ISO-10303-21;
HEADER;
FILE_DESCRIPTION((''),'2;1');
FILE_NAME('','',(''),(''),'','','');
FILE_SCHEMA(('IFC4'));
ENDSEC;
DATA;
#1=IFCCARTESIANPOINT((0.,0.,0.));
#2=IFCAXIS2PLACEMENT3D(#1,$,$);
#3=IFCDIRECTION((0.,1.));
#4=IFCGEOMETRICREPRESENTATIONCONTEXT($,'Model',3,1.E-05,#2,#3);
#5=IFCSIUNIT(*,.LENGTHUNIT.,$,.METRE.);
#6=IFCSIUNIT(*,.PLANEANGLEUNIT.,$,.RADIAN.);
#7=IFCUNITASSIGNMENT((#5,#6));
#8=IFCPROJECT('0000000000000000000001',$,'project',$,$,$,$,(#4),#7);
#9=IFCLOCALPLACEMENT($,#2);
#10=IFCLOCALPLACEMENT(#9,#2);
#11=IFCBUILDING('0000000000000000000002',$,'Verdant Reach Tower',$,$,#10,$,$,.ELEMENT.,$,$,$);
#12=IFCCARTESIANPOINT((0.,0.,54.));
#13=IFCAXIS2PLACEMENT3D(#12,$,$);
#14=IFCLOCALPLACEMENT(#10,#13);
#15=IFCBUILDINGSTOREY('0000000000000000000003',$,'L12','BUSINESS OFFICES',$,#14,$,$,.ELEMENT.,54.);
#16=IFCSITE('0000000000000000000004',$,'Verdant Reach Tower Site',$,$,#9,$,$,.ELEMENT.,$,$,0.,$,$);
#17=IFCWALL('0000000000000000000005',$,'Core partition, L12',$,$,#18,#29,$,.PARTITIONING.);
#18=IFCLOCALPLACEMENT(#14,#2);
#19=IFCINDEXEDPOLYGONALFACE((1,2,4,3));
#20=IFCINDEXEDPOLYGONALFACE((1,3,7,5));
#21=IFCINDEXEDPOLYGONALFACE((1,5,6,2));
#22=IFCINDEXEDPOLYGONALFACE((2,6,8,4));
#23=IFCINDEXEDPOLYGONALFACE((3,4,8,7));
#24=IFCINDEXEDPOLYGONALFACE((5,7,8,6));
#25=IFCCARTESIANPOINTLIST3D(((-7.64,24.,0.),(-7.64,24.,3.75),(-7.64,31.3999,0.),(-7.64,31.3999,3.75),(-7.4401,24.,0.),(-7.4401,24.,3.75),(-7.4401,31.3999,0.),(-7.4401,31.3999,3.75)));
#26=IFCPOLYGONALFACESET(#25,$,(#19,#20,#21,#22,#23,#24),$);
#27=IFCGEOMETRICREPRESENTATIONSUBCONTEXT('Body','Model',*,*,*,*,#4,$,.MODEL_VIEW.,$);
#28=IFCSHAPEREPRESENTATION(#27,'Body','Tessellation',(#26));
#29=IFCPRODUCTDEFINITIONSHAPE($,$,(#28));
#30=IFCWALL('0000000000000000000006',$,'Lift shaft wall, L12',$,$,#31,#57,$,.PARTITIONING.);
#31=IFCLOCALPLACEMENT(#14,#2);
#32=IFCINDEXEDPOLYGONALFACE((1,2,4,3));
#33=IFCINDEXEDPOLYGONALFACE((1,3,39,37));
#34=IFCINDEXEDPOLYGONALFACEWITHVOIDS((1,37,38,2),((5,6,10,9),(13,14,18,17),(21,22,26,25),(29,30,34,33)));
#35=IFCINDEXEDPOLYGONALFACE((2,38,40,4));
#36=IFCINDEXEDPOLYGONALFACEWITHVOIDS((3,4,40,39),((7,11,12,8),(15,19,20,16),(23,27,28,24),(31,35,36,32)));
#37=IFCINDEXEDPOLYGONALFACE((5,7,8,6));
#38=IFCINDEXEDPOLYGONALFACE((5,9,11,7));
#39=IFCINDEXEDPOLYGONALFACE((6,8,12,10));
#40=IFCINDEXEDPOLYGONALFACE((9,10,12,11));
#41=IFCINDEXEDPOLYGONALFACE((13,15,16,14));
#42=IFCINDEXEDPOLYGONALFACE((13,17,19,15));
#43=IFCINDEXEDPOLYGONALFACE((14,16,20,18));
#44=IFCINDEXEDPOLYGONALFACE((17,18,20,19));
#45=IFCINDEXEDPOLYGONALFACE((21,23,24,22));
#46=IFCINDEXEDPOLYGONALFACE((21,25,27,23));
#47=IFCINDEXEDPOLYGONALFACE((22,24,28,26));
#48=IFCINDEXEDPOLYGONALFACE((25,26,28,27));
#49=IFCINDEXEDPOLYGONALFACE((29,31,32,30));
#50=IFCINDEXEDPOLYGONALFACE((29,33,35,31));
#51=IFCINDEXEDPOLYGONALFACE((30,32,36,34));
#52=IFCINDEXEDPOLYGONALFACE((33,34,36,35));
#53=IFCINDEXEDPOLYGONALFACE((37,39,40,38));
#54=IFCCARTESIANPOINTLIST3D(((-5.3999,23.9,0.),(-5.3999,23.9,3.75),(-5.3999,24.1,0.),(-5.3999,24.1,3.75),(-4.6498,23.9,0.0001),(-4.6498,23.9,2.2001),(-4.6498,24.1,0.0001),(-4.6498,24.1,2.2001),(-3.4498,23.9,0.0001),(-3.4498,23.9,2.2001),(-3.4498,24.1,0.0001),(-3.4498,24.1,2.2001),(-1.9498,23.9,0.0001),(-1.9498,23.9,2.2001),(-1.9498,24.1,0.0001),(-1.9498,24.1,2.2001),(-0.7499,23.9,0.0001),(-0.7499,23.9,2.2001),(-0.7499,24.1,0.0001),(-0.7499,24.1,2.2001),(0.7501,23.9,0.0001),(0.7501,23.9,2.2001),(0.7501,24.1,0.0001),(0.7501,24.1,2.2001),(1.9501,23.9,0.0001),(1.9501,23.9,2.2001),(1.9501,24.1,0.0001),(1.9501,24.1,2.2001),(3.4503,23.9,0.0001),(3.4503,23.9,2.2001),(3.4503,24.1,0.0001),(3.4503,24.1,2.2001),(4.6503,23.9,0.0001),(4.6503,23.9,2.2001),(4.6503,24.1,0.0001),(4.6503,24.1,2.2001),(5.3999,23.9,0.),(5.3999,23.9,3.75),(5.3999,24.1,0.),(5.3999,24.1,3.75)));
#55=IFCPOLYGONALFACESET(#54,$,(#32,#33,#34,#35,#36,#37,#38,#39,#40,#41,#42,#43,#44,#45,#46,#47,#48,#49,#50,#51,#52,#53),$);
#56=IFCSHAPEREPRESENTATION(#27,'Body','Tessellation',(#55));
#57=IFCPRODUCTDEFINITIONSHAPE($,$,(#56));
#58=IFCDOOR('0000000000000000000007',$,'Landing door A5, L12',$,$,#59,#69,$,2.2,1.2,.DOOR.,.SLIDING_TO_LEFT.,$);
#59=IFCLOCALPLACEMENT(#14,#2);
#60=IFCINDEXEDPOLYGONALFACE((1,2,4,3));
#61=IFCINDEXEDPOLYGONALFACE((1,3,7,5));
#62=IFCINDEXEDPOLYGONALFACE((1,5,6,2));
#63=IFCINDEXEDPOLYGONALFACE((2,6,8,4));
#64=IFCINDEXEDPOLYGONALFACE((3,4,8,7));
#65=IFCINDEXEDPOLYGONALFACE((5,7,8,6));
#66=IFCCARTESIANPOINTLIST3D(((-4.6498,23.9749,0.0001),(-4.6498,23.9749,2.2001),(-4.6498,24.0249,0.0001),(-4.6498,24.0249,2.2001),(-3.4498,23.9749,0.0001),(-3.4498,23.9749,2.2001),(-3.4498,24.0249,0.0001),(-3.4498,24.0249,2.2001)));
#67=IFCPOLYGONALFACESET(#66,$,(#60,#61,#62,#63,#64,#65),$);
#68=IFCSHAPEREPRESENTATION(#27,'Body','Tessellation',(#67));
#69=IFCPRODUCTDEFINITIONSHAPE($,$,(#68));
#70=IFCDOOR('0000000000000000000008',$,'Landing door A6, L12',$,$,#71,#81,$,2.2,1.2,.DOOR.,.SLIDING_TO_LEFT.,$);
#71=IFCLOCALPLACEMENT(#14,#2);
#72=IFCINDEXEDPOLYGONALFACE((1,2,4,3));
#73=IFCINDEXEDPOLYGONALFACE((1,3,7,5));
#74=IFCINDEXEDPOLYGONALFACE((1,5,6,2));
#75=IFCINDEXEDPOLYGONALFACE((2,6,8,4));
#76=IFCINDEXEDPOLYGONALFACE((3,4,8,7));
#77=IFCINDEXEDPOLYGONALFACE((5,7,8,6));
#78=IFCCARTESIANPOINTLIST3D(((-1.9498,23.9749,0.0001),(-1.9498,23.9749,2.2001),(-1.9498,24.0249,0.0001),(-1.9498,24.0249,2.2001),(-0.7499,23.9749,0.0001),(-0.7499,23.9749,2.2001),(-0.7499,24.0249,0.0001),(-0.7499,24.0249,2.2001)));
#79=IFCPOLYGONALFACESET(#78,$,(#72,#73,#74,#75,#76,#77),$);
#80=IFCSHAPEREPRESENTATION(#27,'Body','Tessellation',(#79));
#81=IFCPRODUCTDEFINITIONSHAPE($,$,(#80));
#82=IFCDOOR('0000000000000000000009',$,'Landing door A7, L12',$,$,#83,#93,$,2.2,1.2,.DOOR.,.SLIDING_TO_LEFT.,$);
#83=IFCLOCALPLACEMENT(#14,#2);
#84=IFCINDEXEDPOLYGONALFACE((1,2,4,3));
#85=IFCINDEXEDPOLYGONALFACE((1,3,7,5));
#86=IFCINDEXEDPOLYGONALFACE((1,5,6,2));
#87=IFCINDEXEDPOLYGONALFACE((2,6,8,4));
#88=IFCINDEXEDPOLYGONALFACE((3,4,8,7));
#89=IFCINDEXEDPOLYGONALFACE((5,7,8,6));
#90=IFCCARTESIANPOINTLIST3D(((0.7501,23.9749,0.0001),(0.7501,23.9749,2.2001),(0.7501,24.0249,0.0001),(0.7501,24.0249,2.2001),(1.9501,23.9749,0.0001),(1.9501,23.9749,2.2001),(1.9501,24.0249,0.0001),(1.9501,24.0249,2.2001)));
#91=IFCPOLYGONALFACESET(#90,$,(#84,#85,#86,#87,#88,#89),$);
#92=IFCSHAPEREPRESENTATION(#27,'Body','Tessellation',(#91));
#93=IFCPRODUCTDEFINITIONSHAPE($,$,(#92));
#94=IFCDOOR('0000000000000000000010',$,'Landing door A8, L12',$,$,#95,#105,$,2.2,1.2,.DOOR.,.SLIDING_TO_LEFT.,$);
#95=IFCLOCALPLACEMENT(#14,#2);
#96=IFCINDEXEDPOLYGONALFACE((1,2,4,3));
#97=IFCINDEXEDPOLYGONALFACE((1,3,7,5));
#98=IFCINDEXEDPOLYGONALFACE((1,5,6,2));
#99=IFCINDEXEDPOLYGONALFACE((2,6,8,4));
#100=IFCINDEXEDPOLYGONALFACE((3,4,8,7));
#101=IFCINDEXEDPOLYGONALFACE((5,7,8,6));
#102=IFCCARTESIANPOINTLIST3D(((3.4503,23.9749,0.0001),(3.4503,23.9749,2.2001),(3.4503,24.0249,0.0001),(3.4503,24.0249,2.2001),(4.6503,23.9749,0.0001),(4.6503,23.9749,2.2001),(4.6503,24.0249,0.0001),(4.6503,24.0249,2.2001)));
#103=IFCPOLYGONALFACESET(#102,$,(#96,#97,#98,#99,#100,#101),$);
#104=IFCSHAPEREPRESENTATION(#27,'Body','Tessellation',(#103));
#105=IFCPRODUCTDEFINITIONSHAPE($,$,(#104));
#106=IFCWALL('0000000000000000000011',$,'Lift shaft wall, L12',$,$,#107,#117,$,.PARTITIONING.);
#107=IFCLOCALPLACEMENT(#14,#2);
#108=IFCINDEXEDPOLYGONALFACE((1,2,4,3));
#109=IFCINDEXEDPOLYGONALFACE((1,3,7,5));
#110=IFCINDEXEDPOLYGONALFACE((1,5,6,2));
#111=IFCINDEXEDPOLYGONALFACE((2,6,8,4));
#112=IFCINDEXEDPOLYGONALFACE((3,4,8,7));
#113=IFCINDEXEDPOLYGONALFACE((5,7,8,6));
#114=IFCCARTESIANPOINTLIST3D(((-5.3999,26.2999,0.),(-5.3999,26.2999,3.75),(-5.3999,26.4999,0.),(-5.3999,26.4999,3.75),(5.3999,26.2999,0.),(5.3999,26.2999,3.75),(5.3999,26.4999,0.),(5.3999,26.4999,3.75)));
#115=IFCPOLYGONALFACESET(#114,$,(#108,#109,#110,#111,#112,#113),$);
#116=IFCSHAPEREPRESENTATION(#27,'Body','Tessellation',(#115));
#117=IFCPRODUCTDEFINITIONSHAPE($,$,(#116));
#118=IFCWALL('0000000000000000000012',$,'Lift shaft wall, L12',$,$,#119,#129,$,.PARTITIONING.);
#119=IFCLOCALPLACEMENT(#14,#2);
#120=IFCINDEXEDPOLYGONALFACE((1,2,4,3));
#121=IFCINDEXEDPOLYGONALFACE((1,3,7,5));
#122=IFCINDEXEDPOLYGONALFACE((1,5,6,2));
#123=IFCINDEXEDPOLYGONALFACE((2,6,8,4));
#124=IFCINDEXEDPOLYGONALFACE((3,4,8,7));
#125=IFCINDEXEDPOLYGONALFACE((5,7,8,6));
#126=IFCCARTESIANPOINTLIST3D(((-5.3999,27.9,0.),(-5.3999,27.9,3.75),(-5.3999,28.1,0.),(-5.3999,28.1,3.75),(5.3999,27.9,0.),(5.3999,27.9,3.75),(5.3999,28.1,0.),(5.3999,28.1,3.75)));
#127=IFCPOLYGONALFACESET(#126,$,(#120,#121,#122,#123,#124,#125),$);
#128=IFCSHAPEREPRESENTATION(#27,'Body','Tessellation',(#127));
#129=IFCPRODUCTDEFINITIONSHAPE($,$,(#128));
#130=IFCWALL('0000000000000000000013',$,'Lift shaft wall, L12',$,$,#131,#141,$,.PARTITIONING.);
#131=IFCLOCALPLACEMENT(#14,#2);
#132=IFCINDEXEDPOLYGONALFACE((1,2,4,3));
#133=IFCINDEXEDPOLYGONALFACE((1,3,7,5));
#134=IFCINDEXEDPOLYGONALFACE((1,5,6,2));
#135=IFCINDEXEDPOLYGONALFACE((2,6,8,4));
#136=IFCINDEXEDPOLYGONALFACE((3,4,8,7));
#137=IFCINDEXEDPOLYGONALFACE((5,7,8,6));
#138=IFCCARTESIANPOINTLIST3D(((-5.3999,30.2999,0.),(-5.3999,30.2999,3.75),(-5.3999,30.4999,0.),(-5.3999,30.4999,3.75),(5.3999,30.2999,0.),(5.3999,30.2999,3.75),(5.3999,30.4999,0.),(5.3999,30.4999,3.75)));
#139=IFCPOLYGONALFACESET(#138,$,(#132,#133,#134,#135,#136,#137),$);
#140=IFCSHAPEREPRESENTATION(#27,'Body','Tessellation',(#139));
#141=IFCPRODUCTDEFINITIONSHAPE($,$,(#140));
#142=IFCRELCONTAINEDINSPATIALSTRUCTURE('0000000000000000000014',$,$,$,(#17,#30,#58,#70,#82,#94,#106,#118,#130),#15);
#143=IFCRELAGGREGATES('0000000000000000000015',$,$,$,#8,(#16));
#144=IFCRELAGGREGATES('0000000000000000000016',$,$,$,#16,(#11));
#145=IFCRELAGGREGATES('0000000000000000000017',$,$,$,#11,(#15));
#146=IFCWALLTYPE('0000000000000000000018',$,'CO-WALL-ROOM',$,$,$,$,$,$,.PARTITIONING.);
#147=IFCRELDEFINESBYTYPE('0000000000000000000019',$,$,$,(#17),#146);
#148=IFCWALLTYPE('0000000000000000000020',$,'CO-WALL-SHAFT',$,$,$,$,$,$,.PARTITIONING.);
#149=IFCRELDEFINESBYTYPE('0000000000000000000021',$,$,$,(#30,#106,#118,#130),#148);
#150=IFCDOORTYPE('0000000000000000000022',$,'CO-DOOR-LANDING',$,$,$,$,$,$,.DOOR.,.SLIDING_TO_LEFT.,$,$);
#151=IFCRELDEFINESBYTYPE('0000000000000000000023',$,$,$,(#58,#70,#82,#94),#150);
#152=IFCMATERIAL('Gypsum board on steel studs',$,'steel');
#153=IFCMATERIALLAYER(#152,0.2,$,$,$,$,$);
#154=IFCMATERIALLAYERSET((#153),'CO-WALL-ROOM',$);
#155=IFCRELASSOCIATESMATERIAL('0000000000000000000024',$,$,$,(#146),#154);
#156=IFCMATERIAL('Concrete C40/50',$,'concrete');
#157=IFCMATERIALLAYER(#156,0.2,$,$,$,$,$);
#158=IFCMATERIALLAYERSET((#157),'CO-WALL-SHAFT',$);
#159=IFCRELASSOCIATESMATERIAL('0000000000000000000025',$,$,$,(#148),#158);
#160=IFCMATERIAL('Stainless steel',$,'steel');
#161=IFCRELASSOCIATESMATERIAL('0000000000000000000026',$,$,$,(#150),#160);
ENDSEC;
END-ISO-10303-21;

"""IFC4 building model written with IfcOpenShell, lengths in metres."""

from ifc_helpers import new_model, si_unit, direction, frame, frame_2d, origin, place, context, subcontext, project, spatial, rectangle, extrude, material, layer, layer_set, type_object, element, fill, save


model = new_model("IFC4")

# Units and contexts
model_context = context("Model", 3, precision=1e-05, world=origin(), true_north=direction((0.0, 1.0)))
body_context = subcontext(model_context, "Body", "Model", "MODEL_VIEW")
ifc_project = project(units=[si_unit("LENGTHUNIT", "METRE"), si_unit("PLANEANGLEUNIT", "RADIAN")], contexts=[model_context])

# Site, building, storey
site_placement = place(None, origin())
site = spatial("IfcSite", under=ifc_project, at=site_placement, Name="Verdant Reach Tower Site", CompositionType="ELEMENT", RefElevation=0.0)
building_placement = place(site_placement, origin())
building = spatial("IfcBuilding", under=site, at=building_placement, Name="Verdant Reach Tower", CompositionType="ELEMENT")
storey_placement = place(building_placement, frame((0.0, 0.0, 54.0)))
storey = spatial("IfcBuildingStorey", under=building, at=storey_placement, Name="L12", Description="BUSINESS OFFICES", CompositionType="ELEMENT", Elevation=54.0)

# Wall
ifc_material_1 = material(Name="Gypsum board on steel studs", Category="steel")
ifc_layer_1 = layer(ifc_material_1, 0.2)
ifc_layer_set_1 = layer_set([ifc_layer_1], Name="CO-WALL-ROOM")
wall_type_1 = type_object("IfcWallType", Name="CO-WALL-ROOM", PredefinedType="PARTITIONING", material=ifc_layer_set_1)
wall_1_placement = place(storey_placement, frame((-7.54, 24.0, 0.0), z_axis=(0.0, 0.0, 1.0), x_axis=(0.0, 1.0, 0.0)))
element("IfcWall", 1, at=wall_1_placement, inside=storey, type_object=wall_type_1, Name="Core partition, L12", PredefinedType="PARTITIONING", context=body_context, shape_type="SweptSolid", body=[
    extrude(rectangle(XDim=7.3999, YDim=0.2, at=frame_2d((3.7, 0.0))), origin(), (0.0, 0.0, 1.0), 3.75),
])

# Wall, openings, doors
ifc_material_2 = material(Name="Concrete C40/50", Category="concrete")
ifc_layer_2 = layer(ifc_material_2, 0.2)
ifc_layer_set_2 = layer_set([ifc_layer_2], Name="CO-WALL-SHAFT")
wall_type_2 = type_object("IfcWallType", Name="CO-WALL-SHAFT", PredefinedType="PARTITIONING", material=ifc_layer_set_2)
wall_2_placement = place(storey_placement, frame((-5.3999, 24.0, 0.0), z_axis=(0.0, 0.0, 1.0), x_axis=(1.0, 0.0, 0.0)))
wall_2 = element("IfcWall", 2, at=wall_2_placement, inside=storey, type_object=wall_type_2, Name="Lift shaft wall, L12", PredefinedType="PARTITIONING", context=body_context, shape_type="SweptSolid", body=[
    extrude(rectangle(XDim=10.7998, YDim=0.2, at=frame_2d((5.3999, 0.0))), origin(), (0.0, 0.0, 1.0), 3.75),
])
opening_1_placement = place(wall_2_placement, frame((0.75, 0.0, 0.0)))
opening_1 = element("IfcOpeningElement", 3, at=opening_1_placement, cuts=wall_2, PredefinedType="OPENING", context=body_context, shape_type="SweptSolid", body=[
    extrude(rectangle(XDim=1.2, YDim=2.2, at=frame_2d((0.6001, 1.1001))), frame((0.0, 0.1099, 0.0), z_axis=(0.0, -1.0, 0.0), x_axis=(1.0, 0.0, 0.0)), (0.0, 0.0, 1.0), 0.22),
])
opening_2_placement = place(wall_2_placement, frame((3.45, 0.0, 0.0)))
opening_2 = element("IfcOpeningElement", 4, at=opening_2_placement, cuts=wall_2, PredefinedType="OPENING", context=body_context, shape_type="SweptSolid", body=[
    extrude(rectangle(XDim=1.2, YDim=2.2, at=frame_2d((0.6001, 1.1001))), frame((0.0, 0.1099, 0.0), z_axis=(0.0, -1.0, 0.0), x_axis=(1.0, 0.0, 0.0)), (0.0, 0.0, 1.0), 0.22),
])
opening_3_placement = place(wall_2_placement, frame((6.1499, 0.0, 0.0)))
opening_3 = element("IfcOpeningElement", 5, at=opening_3_placement, cuts=wall_2, PredefinedType="OPENING", context=body_context, shape_type="SweptSolid", body=[
    extrude(rectangle(XDim=1.2, YDim=2.2, at=frame_2d((0.6001, 1.1001))), frame((0.0, 0.1099, 0.0), z_axis=(0.0, -1.0, 0.0), x_axis=(1.0, 0.0, 0.0)), (0.0, 0.0, 1.0), 0.22),
])
opening_4_placement = place(wall_2_placement, frame((8.8501, 0.0, 0.0)))
opening_4 = element("IfcOpeningElement", 6, at=opening_4_placement, cuts=wall_2, PredefinedType="OPENING", context=body_context, shape_type="SweptSolid", body=[
    extrude(rectangle(XDim=1.2, YDim=2.2, at=frame_2d((0.6001, 1.1001))), frame((0.0, 0.1099, 0.0), z_axis=(0.0, -1.0, 0.0), x_axis=(1.0, 0.0, 0.0)), (0.0, 0.0, 1.0), 0.22),
])
ifc_material_3 = material(Name="Stainless steel", Category="steel")
door_type_1 = type_object("IfcDoorType", Name="CO-DOOR-LANDING", OperationType="SLIDING_TO_LEFT", PredefinedType="DOOR", material=ifc_material_3)
door_1_placement = place(opening_1_placement, origin())
door_1 = element("IfcDoor", 7, at=door_1_placement, inside=storey, type_object=door_type_1, Name="Landing door A5, L12", OperationType="SLIDING_TO_LEFT", OverallHeight=2.2, OverallWidth=1.2, PredefinedType="DOOR", context=body_context, shape_type="SweptSolid", body=[
    extrude(rectangle(XDim=1.2, YDim=2.2, at=frame_2d((0.6001, 1.1001))), frame((0.0, 0.0249, 0.0), z_axis=(0.0, -1.0, 0.0), x_axis=(1.0, 0.0, 0.0)), (0.0, 0.0, 1.0), 0.05),
])
fill(opening_1, door_1)
door_2_placement = place(opening_2_placement, origin())
door_2 = element("IfcDoor", 8, at=door_2_placement, inside=storey, type_object=door_type_1, Name="Landing door A6, L12", OperationType="SLIDING_TO_LEFT", OverallHeight=2.2, OverallWidth=1.2, PredefinedType="DOOR", context=body_context, shape_type="SweptSolid", body=[
    extrude(rectangle(XDim=1.2, YDim=2.2, at=frame_2d((0.6001, 1.1001))), frame((0.0, 0.0249, 0.0), z_axis=(0.0, -1.0, 0.0), x_axis=(1.0, 0.0, 0.0)), (0.0, 0.0, 1.0), 0.05),
])
fill(opening_2, door_2)
door_3_placement = place(opening_3_placement, origin())
door_3 = element("IfcDoor", 9, at=door_3_placement, inside=storey, type_object=door_type_1, Name="Landing door A7, L12", OperationType="SLIDING_TO_LEFT", OverallHeight=2.2, OverallWidth=1.2, PredefinedType="DOOR", context=body_context, shape_type="SweptSolid", body=[
    extrude(rectangle(XDim=1.2, YDim=2.2, at=frame_2d((0.6001, 1.1001))), frame((0.0, 0.0249, 0.0), z_axis=(0.0, -1.0, 0.0), x_axis=(1.0, 0.0, 0.0)), (0.0, 0.0, 1.0), 0.05),
])
fill(opening_3, door_3)
door_4_placement = place(opening_4_placement, origin())
door_4 = element("IfcDoor", 10, at=door_4_placement, inside=storey, type_object=door_type_1, Name="Landing door A8, L12", OperationType="SLIDING_TO_LEFT", OverallHeight=2.2, OverallWidth=1.2, PredefinedType="DOOR", context=body_context, shape_type="SweptSolid", body=[
    extrude(rectangle(XDim=1.2, YDim=2.2, at=frame_2d((0.6001, 1.1001))), frame((0.0, 0.0249, 0.0), z_axis=(0.0, -1.0, 0.0), x_axis=(1.0, 0.0, 0.0)), (0.0, 0.0, 1.0), 0.05),
])
fill(opening_4, door_4)

# Walls
for number, where, z_axis, x_axis, name in (
    (11, (-5.3999, 26.3999, 0.0), (0.0, 0.0, 1.0), (1.0, 0.0, 0.0), "Lift shaft wall, L12"),
    (12, (-5.3999, 28.0, 0.0), (0.0, 0.0, 1.0), (1.0, 0.0, 0.0), "Lift shaft wall, L12"),
    (13, (-5.3999, 30.3999, 0.0), (0.0, 0.0, 1.0), (1.0, 0.0, 0.0), "Lift shaft wall, L12"),
):
    element("IfcWall", number, at=place(storey_placement, frame(where, z_axis=z_axis, x_axis=x_axis)), inside=storey, type_object=wall_type_2, Name=name, PredefinedType="PARTITIONING", context=body_context, shape_type="SweptSolid", body=[
        extrude(rectangle(XDim=10.7998, YDim=0.2, at=frame_2d((5.3999, 0.0))), origin(), (0.0, 0.0, 1.0), 3.75),
    ])

save(model, "model.ifc")
